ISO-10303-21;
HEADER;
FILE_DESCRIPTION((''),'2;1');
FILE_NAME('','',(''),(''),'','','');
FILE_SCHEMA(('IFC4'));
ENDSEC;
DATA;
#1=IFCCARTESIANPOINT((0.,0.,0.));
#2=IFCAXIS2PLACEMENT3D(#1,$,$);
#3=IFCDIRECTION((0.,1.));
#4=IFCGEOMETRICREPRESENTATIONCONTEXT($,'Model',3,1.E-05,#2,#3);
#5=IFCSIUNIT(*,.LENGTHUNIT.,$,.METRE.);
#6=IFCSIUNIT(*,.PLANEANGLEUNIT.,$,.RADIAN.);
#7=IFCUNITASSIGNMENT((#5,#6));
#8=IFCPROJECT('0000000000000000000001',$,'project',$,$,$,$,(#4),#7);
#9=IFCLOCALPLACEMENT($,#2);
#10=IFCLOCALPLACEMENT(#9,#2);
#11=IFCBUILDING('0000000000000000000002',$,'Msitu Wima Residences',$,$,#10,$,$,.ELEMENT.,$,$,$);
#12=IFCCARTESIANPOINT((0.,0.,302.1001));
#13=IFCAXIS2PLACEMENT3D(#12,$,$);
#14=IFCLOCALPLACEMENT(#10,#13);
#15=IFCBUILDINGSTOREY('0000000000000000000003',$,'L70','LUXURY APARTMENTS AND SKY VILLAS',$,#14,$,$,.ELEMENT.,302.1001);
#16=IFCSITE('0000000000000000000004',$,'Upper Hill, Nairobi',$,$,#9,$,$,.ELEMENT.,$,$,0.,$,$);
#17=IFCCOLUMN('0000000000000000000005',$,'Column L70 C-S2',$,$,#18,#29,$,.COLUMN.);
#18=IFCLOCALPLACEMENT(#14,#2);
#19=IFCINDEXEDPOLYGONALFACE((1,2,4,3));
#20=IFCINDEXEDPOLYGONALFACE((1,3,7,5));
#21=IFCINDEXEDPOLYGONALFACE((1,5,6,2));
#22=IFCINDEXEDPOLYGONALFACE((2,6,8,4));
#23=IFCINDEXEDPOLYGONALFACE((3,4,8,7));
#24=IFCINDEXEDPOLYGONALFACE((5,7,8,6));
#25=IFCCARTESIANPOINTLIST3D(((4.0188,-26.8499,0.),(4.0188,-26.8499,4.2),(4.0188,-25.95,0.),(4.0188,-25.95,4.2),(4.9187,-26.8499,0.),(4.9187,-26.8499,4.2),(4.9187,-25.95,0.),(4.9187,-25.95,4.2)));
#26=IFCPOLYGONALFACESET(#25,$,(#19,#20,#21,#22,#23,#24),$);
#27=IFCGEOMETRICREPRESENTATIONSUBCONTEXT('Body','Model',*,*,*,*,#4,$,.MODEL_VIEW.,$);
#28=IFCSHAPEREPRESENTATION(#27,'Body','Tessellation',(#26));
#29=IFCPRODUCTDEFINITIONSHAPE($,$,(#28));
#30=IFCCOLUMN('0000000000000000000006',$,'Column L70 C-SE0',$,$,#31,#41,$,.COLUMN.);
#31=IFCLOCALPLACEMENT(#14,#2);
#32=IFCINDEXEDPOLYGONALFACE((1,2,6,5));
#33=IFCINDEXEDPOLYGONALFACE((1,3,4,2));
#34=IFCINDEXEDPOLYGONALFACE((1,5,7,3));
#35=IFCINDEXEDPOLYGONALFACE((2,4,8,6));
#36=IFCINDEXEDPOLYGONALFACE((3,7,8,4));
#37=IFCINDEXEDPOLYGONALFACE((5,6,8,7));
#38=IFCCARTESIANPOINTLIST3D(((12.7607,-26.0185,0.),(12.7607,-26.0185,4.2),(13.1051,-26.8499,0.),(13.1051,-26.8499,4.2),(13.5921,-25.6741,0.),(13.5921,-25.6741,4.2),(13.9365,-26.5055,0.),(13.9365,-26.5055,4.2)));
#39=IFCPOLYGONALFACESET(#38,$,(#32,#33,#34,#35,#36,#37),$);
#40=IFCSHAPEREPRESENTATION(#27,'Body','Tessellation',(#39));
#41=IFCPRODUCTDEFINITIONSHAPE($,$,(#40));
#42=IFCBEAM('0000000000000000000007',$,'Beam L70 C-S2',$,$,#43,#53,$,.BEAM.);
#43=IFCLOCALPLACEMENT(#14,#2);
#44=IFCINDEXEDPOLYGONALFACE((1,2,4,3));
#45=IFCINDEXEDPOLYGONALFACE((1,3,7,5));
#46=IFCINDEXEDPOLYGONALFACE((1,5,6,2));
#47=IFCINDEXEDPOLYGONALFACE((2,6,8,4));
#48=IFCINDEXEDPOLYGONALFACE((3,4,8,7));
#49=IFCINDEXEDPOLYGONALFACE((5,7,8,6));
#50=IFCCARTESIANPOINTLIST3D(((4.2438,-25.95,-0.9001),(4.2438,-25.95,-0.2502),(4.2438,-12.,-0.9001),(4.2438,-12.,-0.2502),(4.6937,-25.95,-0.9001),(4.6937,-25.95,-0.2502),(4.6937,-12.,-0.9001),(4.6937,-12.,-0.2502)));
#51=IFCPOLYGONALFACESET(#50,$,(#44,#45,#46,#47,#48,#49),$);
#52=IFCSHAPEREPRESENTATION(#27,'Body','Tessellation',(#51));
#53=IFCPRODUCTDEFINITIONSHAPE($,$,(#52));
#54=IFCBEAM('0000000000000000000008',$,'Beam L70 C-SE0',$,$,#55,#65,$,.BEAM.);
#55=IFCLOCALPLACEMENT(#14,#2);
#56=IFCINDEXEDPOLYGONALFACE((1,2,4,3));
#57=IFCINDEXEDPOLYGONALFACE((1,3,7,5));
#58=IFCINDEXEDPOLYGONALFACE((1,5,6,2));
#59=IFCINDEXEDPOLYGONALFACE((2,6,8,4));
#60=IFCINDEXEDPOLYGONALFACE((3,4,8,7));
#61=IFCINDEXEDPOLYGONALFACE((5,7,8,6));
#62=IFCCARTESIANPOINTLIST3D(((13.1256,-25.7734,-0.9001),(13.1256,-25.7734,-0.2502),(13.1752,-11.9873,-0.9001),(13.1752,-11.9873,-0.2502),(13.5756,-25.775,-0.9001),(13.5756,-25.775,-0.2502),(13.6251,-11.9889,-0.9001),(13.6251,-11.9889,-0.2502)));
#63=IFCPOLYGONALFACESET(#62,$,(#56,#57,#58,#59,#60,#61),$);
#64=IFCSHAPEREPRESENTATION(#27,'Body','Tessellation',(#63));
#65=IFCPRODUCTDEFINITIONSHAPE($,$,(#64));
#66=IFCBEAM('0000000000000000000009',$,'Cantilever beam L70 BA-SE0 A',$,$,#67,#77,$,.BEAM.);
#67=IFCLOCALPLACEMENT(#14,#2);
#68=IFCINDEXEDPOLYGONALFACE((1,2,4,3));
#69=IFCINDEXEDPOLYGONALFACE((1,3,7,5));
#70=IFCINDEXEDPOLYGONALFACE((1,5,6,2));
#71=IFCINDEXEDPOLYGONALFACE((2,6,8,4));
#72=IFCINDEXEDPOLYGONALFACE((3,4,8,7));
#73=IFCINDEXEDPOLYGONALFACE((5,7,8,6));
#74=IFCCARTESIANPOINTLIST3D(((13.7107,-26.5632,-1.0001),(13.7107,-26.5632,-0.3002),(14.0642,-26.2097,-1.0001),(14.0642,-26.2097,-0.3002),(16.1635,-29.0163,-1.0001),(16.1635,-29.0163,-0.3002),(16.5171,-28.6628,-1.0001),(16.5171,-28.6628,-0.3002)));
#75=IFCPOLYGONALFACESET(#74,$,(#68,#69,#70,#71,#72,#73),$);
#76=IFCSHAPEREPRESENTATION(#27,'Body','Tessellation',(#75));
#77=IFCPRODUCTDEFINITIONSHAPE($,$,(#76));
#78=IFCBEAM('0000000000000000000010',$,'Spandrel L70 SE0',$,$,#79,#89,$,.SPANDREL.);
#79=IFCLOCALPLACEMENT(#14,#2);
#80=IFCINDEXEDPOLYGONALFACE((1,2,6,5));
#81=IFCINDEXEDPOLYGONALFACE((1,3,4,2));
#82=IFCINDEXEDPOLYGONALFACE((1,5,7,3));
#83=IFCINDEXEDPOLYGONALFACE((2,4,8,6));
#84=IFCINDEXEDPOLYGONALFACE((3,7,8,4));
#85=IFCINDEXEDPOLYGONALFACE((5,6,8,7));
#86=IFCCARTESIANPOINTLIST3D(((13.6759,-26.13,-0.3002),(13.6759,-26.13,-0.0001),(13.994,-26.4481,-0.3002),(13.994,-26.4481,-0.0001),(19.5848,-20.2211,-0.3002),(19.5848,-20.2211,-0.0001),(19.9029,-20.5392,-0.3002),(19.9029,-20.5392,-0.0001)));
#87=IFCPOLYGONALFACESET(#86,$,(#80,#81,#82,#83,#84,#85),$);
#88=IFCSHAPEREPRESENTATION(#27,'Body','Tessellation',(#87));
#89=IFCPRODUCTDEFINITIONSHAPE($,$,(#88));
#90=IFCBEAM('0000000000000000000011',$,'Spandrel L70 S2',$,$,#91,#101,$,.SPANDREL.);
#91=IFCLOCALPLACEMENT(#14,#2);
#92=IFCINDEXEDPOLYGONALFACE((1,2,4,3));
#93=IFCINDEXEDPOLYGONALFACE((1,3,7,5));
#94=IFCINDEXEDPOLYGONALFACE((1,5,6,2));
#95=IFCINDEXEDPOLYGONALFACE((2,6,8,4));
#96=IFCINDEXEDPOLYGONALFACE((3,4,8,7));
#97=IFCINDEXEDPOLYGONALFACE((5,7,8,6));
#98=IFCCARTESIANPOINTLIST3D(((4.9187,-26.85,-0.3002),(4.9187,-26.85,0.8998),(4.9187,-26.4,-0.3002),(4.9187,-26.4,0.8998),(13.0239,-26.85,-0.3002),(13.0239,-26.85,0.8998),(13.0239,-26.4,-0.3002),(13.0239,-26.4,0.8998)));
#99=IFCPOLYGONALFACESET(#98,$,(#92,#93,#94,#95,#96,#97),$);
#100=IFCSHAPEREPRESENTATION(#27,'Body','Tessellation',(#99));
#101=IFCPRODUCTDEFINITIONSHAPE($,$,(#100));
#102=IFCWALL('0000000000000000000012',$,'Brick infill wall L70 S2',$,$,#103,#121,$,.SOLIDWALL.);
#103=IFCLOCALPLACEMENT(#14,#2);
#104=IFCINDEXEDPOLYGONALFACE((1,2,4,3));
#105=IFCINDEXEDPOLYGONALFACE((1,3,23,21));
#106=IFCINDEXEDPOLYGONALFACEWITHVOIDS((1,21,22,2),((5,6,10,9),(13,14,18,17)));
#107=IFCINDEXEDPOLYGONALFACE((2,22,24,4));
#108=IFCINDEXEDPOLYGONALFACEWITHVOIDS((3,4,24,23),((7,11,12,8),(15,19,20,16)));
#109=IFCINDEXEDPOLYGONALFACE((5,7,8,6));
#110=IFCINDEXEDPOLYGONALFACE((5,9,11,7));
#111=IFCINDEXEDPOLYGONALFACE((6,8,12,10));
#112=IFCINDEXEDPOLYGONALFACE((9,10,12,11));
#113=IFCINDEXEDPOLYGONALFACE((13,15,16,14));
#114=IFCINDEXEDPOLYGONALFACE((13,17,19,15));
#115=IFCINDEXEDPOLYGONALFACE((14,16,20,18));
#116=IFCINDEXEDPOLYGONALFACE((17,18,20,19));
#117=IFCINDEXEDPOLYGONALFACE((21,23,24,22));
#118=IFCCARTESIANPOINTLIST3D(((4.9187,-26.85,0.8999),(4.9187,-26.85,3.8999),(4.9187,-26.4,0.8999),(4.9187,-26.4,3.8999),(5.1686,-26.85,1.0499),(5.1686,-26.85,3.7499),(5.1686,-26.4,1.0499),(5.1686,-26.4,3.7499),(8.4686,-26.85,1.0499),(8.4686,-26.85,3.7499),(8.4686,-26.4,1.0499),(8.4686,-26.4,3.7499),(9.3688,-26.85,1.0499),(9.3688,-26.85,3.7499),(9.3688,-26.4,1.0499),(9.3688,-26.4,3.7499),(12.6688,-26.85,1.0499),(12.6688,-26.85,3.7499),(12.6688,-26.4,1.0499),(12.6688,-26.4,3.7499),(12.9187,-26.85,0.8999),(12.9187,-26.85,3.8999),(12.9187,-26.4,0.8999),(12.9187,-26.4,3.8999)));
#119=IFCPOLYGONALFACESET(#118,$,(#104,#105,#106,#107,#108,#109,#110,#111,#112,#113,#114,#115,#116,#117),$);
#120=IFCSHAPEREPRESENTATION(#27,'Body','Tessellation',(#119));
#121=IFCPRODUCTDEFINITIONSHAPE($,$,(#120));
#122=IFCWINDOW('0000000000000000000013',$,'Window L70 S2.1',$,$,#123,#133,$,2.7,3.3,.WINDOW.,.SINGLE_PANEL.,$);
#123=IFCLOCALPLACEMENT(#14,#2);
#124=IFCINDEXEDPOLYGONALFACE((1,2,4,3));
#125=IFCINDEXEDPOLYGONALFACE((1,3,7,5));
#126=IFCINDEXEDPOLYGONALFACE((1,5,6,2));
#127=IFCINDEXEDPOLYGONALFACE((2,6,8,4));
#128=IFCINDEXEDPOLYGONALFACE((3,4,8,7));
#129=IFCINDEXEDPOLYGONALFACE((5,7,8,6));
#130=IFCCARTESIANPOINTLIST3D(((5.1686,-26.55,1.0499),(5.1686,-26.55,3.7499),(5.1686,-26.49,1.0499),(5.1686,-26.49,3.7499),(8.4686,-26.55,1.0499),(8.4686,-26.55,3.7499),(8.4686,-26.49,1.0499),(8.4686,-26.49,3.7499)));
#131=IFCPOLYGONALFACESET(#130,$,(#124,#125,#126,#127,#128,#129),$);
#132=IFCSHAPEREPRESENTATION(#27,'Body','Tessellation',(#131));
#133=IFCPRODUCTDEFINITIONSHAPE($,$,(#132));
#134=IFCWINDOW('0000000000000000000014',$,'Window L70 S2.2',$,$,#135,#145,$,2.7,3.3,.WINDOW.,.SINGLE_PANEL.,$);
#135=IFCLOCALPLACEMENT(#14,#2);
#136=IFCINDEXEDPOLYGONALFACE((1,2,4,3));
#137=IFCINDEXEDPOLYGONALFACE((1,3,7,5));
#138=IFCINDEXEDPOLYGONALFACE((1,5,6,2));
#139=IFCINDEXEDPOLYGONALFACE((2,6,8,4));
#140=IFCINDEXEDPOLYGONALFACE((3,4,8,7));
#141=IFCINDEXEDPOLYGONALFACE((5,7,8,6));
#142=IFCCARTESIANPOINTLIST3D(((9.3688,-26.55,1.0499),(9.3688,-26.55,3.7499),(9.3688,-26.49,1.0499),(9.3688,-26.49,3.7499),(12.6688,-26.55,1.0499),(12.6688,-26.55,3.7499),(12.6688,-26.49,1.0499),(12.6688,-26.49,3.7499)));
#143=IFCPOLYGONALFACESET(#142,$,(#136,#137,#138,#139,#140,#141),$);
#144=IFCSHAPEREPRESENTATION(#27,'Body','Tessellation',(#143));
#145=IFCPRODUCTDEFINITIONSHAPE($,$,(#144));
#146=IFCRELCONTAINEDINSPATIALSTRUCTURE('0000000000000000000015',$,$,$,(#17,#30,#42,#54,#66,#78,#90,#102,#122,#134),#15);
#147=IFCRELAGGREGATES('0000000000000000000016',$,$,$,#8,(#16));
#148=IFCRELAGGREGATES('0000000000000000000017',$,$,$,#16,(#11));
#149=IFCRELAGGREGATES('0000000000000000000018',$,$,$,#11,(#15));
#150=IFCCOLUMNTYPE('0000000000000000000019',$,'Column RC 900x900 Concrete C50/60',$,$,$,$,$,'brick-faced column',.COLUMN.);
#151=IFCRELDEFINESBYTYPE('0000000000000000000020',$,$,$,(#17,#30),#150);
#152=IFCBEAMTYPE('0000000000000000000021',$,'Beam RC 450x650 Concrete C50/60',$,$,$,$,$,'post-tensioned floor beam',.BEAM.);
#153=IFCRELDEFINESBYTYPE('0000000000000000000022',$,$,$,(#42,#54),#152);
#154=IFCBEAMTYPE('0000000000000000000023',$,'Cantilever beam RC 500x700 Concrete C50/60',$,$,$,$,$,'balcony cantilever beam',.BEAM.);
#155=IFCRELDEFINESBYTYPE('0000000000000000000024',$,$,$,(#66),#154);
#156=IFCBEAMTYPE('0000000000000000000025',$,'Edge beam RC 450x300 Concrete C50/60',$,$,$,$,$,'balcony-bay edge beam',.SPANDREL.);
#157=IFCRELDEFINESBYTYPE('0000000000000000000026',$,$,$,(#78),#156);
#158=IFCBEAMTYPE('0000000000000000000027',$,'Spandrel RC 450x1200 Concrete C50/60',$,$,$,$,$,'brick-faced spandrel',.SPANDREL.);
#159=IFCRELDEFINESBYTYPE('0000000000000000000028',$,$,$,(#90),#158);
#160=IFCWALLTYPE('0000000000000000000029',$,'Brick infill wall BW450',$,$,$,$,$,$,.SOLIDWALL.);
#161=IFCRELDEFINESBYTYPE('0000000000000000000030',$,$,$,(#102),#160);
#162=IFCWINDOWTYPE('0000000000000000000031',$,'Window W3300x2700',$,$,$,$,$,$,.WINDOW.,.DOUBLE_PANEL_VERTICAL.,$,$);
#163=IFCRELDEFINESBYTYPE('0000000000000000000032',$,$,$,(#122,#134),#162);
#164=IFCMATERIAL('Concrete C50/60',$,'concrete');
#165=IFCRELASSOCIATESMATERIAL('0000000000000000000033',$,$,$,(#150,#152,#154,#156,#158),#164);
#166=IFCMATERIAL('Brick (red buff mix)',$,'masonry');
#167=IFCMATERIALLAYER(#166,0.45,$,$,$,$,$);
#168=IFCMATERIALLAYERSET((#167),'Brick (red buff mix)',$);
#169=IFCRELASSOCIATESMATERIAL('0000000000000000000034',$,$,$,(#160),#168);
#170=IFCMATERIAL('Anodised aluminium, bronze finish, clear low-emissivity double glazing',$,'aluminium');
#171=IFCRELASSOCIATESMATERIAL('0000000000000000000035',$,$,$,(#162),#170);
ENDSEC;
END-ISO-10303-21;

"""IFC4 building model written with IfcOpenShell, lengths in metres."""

from ifc_helpers import new_model, si_unit, direction, frame, frame_2d, origin, origin_2d, place, context, subcontext, project, spatial, rectangle, extrude, material, layer, layer_set, material_profile, profile_set, type_object, element, fill, save


model = new_model("IFC4")

# Units and contexts
model_context = context("Model", 3, precision=1e-05, world=origin(), true_north=direction((0.0, 1.0)))
body_context = subcontext(model_context, "Body", "Model", "MODEL_VIEW")
ifc_project = project(units=[si_unit("LENGTHUNIT", "METRE"), si_unit("PLANEANGLEUNIT", "RADIAN")], contexts=[model_context])

# Site, building, storey
site_placement = place(None, origin())
site = spatial("IfcSite", under=ifc_project, at=site_placement, Name="Upper Hill, Nairobi", CompositionType="ELEMENT", RefElevation=0.0)
building_placement = place(site_placement, origin())
building = spatial("IfcBuilding", under=site, at=building_placement, Name="Msitu Wima Residences", CompositionType="ELEMENT")
storey_placement = place(building_placement, frame((0.0, 0.0, 302.1001)))
storey = spatial("IfcBuildingStorey", under=building, at=storey_placement, Name="L70", Description="LUXURY APARTMENTS AND SKY VILLAS", CompositionType="ELEMENT", Elevation=302.1001)

# Columns
ifc_material_1 = material(Name="Concrete C50/60", Category="concrete")
ifc_material_profile_1 = material_profile(ifc_material_1, rectangle(XDim=0.8999, YDim=0.8999, at=origin_2d()), Name="RC 900x900")
ifc_profile_set_1 = profile_set([ifc_material_profile_1], Name="Concrete C50/60")
column_type = type_object("IfcColumnType", Name="Column RC 900x900 Concrete C50/60", ElementType="brick-faced column", PredefinedType="COLUMN", material=ifc_profile_set_1)
for number, where, z_axis, x_axis, name in (
    (1, (4.4688, -26.3999, 0.0), (0.0, 0.0, 1.0), (1.0, 0.0, 0.0), "Column L70 C-S2"),
    (2, (13.3486, -26.262, 0.0), (0.0, 0.0, 1.0), (0.92388, 0.382683, 0.0), "Column L70 C-SE0"),
):
    element("IfcColumn", number, at=place(storey_placement, frame(where, z_axis=z_axis, x_axis=x_axis)), inside=storey, type_object=column_type, Name=name, PredefinedType="COLUMN", context=body_context, shape_type="SweptSolid", body=[
        extrude(rectangle(XDim=0.8999, YDim=0.8999, at=origin_2d()), origin(), (0.0, 0.0, 1.0), 4.2),
    ])

# Beams
ifc_material_profile_2 = material_profile(ifc_material_1, rectangle(XDim=0.45, YDim=0.6499, at=origin_2d()), Name="RC 450x650")
ifc_profile_set_2 = profile_set([ifc_material_profile_2], Name="Concrete C50/60")
beam_type_1 = type_object("IfcBeamType", Name="Beam RC 450x650 Concrete C50/60", ElementType="post-tensioned floor beam", PredefinedType="BEAM", material=ifc_profile_set_2)
beam_1_placement = place(storey_placement, frame((4.4688, -25.95, -0.5752), z_axis=(0.0, 1.0, 0.0), x_axis=(-1.0, 0.0, 0.0)))
element("IfcBeam", 3, at=beam_1_placement, inside=storey, type_object=beam_type_1, Name="Beam L70 C-S2", PredefinedType="BEAM", context=body_context, shape_type="SweptSolid", body=[
    extrude(rectangle(XDim=0.45, YDim=0.6499, at=origin_2d()), origin(), (0.0, 0.0, 1.0), 13.95),
])
beam_2_placement = place(storey_placement, frame((13.3506, -25.7742, -0.5752), z_axis=(0.003595, 0.999994, 0.0), x_axis=(-0.999994, 0.003595, 0.0)))
element("IfcBeam", 4, at=beam_2_placement, inside=storey, type_object=beam_type_1, Name="Beam L70 C-SE0", PredefinedType="BEAM", context=body_context, shape_type="SweptSolid", body=[
    extrude(rectangle(XDim=0.45, YDim=0.6499, at=origin_2d()), origin(), (0.0, 0.0, 1.0), 13.7861),
])
ifc_material_profile_3 = material_profile(ifc_material_1, rectangle(XDim=0.5, YDim=0.7, at=origin_2d()), Name="RC 500x700")
ifc_profile_set_3 = profile_set([ifc_material_profile_3], Name="Concrete C50/60")
beam_type_2 = type_object("IfcBeamType", Name="Cantilever beam RC 500x700 Concrete C50/60", ElementType="balcony cantilever beam", PredefinedType="BEAM", material=ifc_profile_set_3)
beam_3_placement = place(storey_placement, frame((13.8875, -26.3865, -0.6501), z_axis=(0.707072, -0.707142, 0.0), x_axis=(0.707142, 0.707072, 0.0)))
element("IfcBeam", 5, at=beam_3_placement, inside=storey, type_object=beam_type_2, Name="Cantilever beam L70 BA-SE0 A", PredefinedType="BEAM", context=body_context, shape_type="SweptSolid", body=[
    extrude(rectangle(XDim=0.5, YDim=0.7, at=origin_2d()), origin(), (0.0, 0.0, 1.0), 3.469),
])
ifc_material_profile_4 = material_profile(ifc_material_1, rectangle(XDim=0.45, YDim=0.3, at=origin_2d()), Name="RC 450x300")
ifc_profile_set_4 = profile_set([ifc_material_profile_4], Name="Concrete C50/60")
beam_type_3 = type_object("IfcBeamType", Name="Edge beam RC 450x300 Concrete C50/60", ElementType="balcony-bay edge beam", PredefinedType="SPANDREL", material=ifc_profile_set_4)
beam_4_placement = place(storey_placement, frame((13.835, -26.2891, -0.1501), z_axis=(0.707107, 0.707107, 0.0), x_axis=(-0.707107, 0.707107, 0.0)))
element("IfcBeam", 6, at=beam_4_placement, inside=storey, type_object=beam_type_3, Name="Spandrel L70 SE0", PredefinedType="SPANDREL", context=body_context, shape_type="SweptSolid", body=[
    extrude(rectangle(XDim=0.45, YDim=0.3, at=origin_2d()), origin(), (0.0, 0.0, 1.0), 8.3564),
])
ifc_material_profile_5 = material_profile(ifc_material_1, rectangle(XDim=0.45, YDim=1.2, at=origin_2d()), Name="RC 450x1200")
ifc_profile_set_5 = profile_set([ifc_material_profile_5], Name="Concrete C50/60")
beam_type_4 = type_object("IfcBeamType", Name="Spandrel RC 450x1200 Concrete C50/60", ElementType="brick-faced spandrel", PredefinedType="SPANDREL", material=ifc_profile_set_5)
beam_5_placement = place(storey_placement, frame((4.9187, -26.625, 0.2998), z_axis=(1.0, 0.0, 0.0), x_axis=(0.0, 1.0, 0.0)))
element("IfcBeam", 7, at=beam_5_placement, inside=storey, type_object=beam_type_4, Name="Spandrel L70 S2", PredefinedType="SPANDREL", context=body_context, shape_type="SweptSolid", body=[
    extrude(rectangle(XDim=0.45, YDim=1.2, at=origin_2d()), origin(), (0.0, 0.0, 1.0), 8.1052),
])

# Wall, openings, windows
ifc_material_2 = material(Name="Brick (red buff mix)", Category="masonry")
ifc_layer_1 = layer(ifc_material_2, 0.45)
ifc_layer_set_1 = layer_set([ifc_layer_1], Name="Brick (red buff mix)")
wall_type_1 = type_object("IfcWallType", Name="Brick infill wall BW450", PredefinedType="SOLIDWALL", material=ifc_layer_set_1)
wall_1_placement = place(storey_placement, frame((4.9187, -26.625, 0.8999), z_axis=(0.0, 0.0, 1.0), x_axis=(1.0, 0.0, 0.0)))
wall_1 = element("IfcWall", 8, at=wall_1_placement, inside=storey, type_object=wall_type_1, Name="Brick infill wall L70 S2", PredefinedType="SOLIDWALL", context=body_context, shape_type="SweptSolid", body=[
    extrude(rectangle(XDim=8.0, YDim=0.45, at=frame_2d((4.0, 0.0))), origin(), (0.0, 0.0, 1.0), 3.0),
])
opening_1_placement = place(wall_1_placement, frame((0.25, 0.0, 0.1499)))
opening_1 = element("IfcOpeningElement", 9, at=opening_1_placement, cuts=wall_1, PredefinedType="OPENING", context=body_context, shape_type="SweptSolid", body=[
    extrude(rectangle(XDim=3.3, YDim=2.7, at=frame_2d((1.6499, 1.3501))), frame((0.0, 0.2349, 0.0), z_axis=(0.0, -1.0, 0.0), x_axis=(1.0, 0.0, 0.0)), (0.0, 0.0, 1.0), 0.47),
])
opening_2_placement = place(wall_1_placement, frame((4.4502, 0.0, 0.1499)))
opening_2 = element("IfcOpeningElement", 10, at=opening_2_placement, cuts=wall_1, PredefinedType="OPENING", context=body_context, shape_type="SweptSolid", body=[
    extrude(rectangle(XDim=3.3, YDim=2.7, at=frame_2d((1.6499, 1.3501))), frame((0.0, 0.2349, 0.0), z_axis=(0.0, -1.0, 0.0), x_axis=(1.0, 0.0, 0.0)), (0.0, 0.0, 1.0), 0.47),
])
ifc_material_3 = material(Name="Anodised aluminium, bronze finish, clear low-emissivity double glazing", Category="aluminium")
window_type = type_object("IfcWindowType", Name="Window W3300x2700", PartitioningType="DOUBLE_PANEL_VERTICAL", PredefinedType="WINDOW", material=ifc_material_3)
window_1_placement = place(opening_1_placement, origin())
window_1 = element("IfcWindow", 11, at=window_1_placement, inside=storey, type_object=window_type, Name="Window L70 S2.1", OverallHeight=2.7, OverallWidth=3.3, PartitioningType="SINGLE_PANEL", PredefinedType="WINDOW", context=body_context, shape_type="SweptSolid", body=[
    extrude(rectangle(XDim=3.3, YDim=2.7, at=frame_2d((1.6499, 1.3501))), frame((0.0, 0.135, 0.0), z_axis=(0.0, -1.0, 0.0), x_axis=(1.0, 0.0, 0.0)), (0.0, 0.0, 1.0), 0.0601),
])
fill(opening_1, window_1)
window_2_placement = place(opening_2_placement, origin())
window_2 = element("IfcWindow", 12, at=window_2_placement, inside=storey, type_object=window_type, Name="Window L70 S2.2", OverallHeight=2.7, OverallWidth=3.3, PartitioningType="SINGLE_PANEL", PredefinedType="WINDOW", context=body_context, shape_type="SweptSolid", body=[
    extrude(rectangle(XDim=3.3, YDim=2.7, at=frame_2d((1.6499, 1.3501))), frame((0.0, 0.135, 0.0), z_axis=(0.0, -1.0, 0.0), x_axis=(1.0, 0.0, 0.0)), (0.0, 0.0, 1.0), 0.0601),
])
fill(opening_2, window_2)

save(model, "model.ifc")
